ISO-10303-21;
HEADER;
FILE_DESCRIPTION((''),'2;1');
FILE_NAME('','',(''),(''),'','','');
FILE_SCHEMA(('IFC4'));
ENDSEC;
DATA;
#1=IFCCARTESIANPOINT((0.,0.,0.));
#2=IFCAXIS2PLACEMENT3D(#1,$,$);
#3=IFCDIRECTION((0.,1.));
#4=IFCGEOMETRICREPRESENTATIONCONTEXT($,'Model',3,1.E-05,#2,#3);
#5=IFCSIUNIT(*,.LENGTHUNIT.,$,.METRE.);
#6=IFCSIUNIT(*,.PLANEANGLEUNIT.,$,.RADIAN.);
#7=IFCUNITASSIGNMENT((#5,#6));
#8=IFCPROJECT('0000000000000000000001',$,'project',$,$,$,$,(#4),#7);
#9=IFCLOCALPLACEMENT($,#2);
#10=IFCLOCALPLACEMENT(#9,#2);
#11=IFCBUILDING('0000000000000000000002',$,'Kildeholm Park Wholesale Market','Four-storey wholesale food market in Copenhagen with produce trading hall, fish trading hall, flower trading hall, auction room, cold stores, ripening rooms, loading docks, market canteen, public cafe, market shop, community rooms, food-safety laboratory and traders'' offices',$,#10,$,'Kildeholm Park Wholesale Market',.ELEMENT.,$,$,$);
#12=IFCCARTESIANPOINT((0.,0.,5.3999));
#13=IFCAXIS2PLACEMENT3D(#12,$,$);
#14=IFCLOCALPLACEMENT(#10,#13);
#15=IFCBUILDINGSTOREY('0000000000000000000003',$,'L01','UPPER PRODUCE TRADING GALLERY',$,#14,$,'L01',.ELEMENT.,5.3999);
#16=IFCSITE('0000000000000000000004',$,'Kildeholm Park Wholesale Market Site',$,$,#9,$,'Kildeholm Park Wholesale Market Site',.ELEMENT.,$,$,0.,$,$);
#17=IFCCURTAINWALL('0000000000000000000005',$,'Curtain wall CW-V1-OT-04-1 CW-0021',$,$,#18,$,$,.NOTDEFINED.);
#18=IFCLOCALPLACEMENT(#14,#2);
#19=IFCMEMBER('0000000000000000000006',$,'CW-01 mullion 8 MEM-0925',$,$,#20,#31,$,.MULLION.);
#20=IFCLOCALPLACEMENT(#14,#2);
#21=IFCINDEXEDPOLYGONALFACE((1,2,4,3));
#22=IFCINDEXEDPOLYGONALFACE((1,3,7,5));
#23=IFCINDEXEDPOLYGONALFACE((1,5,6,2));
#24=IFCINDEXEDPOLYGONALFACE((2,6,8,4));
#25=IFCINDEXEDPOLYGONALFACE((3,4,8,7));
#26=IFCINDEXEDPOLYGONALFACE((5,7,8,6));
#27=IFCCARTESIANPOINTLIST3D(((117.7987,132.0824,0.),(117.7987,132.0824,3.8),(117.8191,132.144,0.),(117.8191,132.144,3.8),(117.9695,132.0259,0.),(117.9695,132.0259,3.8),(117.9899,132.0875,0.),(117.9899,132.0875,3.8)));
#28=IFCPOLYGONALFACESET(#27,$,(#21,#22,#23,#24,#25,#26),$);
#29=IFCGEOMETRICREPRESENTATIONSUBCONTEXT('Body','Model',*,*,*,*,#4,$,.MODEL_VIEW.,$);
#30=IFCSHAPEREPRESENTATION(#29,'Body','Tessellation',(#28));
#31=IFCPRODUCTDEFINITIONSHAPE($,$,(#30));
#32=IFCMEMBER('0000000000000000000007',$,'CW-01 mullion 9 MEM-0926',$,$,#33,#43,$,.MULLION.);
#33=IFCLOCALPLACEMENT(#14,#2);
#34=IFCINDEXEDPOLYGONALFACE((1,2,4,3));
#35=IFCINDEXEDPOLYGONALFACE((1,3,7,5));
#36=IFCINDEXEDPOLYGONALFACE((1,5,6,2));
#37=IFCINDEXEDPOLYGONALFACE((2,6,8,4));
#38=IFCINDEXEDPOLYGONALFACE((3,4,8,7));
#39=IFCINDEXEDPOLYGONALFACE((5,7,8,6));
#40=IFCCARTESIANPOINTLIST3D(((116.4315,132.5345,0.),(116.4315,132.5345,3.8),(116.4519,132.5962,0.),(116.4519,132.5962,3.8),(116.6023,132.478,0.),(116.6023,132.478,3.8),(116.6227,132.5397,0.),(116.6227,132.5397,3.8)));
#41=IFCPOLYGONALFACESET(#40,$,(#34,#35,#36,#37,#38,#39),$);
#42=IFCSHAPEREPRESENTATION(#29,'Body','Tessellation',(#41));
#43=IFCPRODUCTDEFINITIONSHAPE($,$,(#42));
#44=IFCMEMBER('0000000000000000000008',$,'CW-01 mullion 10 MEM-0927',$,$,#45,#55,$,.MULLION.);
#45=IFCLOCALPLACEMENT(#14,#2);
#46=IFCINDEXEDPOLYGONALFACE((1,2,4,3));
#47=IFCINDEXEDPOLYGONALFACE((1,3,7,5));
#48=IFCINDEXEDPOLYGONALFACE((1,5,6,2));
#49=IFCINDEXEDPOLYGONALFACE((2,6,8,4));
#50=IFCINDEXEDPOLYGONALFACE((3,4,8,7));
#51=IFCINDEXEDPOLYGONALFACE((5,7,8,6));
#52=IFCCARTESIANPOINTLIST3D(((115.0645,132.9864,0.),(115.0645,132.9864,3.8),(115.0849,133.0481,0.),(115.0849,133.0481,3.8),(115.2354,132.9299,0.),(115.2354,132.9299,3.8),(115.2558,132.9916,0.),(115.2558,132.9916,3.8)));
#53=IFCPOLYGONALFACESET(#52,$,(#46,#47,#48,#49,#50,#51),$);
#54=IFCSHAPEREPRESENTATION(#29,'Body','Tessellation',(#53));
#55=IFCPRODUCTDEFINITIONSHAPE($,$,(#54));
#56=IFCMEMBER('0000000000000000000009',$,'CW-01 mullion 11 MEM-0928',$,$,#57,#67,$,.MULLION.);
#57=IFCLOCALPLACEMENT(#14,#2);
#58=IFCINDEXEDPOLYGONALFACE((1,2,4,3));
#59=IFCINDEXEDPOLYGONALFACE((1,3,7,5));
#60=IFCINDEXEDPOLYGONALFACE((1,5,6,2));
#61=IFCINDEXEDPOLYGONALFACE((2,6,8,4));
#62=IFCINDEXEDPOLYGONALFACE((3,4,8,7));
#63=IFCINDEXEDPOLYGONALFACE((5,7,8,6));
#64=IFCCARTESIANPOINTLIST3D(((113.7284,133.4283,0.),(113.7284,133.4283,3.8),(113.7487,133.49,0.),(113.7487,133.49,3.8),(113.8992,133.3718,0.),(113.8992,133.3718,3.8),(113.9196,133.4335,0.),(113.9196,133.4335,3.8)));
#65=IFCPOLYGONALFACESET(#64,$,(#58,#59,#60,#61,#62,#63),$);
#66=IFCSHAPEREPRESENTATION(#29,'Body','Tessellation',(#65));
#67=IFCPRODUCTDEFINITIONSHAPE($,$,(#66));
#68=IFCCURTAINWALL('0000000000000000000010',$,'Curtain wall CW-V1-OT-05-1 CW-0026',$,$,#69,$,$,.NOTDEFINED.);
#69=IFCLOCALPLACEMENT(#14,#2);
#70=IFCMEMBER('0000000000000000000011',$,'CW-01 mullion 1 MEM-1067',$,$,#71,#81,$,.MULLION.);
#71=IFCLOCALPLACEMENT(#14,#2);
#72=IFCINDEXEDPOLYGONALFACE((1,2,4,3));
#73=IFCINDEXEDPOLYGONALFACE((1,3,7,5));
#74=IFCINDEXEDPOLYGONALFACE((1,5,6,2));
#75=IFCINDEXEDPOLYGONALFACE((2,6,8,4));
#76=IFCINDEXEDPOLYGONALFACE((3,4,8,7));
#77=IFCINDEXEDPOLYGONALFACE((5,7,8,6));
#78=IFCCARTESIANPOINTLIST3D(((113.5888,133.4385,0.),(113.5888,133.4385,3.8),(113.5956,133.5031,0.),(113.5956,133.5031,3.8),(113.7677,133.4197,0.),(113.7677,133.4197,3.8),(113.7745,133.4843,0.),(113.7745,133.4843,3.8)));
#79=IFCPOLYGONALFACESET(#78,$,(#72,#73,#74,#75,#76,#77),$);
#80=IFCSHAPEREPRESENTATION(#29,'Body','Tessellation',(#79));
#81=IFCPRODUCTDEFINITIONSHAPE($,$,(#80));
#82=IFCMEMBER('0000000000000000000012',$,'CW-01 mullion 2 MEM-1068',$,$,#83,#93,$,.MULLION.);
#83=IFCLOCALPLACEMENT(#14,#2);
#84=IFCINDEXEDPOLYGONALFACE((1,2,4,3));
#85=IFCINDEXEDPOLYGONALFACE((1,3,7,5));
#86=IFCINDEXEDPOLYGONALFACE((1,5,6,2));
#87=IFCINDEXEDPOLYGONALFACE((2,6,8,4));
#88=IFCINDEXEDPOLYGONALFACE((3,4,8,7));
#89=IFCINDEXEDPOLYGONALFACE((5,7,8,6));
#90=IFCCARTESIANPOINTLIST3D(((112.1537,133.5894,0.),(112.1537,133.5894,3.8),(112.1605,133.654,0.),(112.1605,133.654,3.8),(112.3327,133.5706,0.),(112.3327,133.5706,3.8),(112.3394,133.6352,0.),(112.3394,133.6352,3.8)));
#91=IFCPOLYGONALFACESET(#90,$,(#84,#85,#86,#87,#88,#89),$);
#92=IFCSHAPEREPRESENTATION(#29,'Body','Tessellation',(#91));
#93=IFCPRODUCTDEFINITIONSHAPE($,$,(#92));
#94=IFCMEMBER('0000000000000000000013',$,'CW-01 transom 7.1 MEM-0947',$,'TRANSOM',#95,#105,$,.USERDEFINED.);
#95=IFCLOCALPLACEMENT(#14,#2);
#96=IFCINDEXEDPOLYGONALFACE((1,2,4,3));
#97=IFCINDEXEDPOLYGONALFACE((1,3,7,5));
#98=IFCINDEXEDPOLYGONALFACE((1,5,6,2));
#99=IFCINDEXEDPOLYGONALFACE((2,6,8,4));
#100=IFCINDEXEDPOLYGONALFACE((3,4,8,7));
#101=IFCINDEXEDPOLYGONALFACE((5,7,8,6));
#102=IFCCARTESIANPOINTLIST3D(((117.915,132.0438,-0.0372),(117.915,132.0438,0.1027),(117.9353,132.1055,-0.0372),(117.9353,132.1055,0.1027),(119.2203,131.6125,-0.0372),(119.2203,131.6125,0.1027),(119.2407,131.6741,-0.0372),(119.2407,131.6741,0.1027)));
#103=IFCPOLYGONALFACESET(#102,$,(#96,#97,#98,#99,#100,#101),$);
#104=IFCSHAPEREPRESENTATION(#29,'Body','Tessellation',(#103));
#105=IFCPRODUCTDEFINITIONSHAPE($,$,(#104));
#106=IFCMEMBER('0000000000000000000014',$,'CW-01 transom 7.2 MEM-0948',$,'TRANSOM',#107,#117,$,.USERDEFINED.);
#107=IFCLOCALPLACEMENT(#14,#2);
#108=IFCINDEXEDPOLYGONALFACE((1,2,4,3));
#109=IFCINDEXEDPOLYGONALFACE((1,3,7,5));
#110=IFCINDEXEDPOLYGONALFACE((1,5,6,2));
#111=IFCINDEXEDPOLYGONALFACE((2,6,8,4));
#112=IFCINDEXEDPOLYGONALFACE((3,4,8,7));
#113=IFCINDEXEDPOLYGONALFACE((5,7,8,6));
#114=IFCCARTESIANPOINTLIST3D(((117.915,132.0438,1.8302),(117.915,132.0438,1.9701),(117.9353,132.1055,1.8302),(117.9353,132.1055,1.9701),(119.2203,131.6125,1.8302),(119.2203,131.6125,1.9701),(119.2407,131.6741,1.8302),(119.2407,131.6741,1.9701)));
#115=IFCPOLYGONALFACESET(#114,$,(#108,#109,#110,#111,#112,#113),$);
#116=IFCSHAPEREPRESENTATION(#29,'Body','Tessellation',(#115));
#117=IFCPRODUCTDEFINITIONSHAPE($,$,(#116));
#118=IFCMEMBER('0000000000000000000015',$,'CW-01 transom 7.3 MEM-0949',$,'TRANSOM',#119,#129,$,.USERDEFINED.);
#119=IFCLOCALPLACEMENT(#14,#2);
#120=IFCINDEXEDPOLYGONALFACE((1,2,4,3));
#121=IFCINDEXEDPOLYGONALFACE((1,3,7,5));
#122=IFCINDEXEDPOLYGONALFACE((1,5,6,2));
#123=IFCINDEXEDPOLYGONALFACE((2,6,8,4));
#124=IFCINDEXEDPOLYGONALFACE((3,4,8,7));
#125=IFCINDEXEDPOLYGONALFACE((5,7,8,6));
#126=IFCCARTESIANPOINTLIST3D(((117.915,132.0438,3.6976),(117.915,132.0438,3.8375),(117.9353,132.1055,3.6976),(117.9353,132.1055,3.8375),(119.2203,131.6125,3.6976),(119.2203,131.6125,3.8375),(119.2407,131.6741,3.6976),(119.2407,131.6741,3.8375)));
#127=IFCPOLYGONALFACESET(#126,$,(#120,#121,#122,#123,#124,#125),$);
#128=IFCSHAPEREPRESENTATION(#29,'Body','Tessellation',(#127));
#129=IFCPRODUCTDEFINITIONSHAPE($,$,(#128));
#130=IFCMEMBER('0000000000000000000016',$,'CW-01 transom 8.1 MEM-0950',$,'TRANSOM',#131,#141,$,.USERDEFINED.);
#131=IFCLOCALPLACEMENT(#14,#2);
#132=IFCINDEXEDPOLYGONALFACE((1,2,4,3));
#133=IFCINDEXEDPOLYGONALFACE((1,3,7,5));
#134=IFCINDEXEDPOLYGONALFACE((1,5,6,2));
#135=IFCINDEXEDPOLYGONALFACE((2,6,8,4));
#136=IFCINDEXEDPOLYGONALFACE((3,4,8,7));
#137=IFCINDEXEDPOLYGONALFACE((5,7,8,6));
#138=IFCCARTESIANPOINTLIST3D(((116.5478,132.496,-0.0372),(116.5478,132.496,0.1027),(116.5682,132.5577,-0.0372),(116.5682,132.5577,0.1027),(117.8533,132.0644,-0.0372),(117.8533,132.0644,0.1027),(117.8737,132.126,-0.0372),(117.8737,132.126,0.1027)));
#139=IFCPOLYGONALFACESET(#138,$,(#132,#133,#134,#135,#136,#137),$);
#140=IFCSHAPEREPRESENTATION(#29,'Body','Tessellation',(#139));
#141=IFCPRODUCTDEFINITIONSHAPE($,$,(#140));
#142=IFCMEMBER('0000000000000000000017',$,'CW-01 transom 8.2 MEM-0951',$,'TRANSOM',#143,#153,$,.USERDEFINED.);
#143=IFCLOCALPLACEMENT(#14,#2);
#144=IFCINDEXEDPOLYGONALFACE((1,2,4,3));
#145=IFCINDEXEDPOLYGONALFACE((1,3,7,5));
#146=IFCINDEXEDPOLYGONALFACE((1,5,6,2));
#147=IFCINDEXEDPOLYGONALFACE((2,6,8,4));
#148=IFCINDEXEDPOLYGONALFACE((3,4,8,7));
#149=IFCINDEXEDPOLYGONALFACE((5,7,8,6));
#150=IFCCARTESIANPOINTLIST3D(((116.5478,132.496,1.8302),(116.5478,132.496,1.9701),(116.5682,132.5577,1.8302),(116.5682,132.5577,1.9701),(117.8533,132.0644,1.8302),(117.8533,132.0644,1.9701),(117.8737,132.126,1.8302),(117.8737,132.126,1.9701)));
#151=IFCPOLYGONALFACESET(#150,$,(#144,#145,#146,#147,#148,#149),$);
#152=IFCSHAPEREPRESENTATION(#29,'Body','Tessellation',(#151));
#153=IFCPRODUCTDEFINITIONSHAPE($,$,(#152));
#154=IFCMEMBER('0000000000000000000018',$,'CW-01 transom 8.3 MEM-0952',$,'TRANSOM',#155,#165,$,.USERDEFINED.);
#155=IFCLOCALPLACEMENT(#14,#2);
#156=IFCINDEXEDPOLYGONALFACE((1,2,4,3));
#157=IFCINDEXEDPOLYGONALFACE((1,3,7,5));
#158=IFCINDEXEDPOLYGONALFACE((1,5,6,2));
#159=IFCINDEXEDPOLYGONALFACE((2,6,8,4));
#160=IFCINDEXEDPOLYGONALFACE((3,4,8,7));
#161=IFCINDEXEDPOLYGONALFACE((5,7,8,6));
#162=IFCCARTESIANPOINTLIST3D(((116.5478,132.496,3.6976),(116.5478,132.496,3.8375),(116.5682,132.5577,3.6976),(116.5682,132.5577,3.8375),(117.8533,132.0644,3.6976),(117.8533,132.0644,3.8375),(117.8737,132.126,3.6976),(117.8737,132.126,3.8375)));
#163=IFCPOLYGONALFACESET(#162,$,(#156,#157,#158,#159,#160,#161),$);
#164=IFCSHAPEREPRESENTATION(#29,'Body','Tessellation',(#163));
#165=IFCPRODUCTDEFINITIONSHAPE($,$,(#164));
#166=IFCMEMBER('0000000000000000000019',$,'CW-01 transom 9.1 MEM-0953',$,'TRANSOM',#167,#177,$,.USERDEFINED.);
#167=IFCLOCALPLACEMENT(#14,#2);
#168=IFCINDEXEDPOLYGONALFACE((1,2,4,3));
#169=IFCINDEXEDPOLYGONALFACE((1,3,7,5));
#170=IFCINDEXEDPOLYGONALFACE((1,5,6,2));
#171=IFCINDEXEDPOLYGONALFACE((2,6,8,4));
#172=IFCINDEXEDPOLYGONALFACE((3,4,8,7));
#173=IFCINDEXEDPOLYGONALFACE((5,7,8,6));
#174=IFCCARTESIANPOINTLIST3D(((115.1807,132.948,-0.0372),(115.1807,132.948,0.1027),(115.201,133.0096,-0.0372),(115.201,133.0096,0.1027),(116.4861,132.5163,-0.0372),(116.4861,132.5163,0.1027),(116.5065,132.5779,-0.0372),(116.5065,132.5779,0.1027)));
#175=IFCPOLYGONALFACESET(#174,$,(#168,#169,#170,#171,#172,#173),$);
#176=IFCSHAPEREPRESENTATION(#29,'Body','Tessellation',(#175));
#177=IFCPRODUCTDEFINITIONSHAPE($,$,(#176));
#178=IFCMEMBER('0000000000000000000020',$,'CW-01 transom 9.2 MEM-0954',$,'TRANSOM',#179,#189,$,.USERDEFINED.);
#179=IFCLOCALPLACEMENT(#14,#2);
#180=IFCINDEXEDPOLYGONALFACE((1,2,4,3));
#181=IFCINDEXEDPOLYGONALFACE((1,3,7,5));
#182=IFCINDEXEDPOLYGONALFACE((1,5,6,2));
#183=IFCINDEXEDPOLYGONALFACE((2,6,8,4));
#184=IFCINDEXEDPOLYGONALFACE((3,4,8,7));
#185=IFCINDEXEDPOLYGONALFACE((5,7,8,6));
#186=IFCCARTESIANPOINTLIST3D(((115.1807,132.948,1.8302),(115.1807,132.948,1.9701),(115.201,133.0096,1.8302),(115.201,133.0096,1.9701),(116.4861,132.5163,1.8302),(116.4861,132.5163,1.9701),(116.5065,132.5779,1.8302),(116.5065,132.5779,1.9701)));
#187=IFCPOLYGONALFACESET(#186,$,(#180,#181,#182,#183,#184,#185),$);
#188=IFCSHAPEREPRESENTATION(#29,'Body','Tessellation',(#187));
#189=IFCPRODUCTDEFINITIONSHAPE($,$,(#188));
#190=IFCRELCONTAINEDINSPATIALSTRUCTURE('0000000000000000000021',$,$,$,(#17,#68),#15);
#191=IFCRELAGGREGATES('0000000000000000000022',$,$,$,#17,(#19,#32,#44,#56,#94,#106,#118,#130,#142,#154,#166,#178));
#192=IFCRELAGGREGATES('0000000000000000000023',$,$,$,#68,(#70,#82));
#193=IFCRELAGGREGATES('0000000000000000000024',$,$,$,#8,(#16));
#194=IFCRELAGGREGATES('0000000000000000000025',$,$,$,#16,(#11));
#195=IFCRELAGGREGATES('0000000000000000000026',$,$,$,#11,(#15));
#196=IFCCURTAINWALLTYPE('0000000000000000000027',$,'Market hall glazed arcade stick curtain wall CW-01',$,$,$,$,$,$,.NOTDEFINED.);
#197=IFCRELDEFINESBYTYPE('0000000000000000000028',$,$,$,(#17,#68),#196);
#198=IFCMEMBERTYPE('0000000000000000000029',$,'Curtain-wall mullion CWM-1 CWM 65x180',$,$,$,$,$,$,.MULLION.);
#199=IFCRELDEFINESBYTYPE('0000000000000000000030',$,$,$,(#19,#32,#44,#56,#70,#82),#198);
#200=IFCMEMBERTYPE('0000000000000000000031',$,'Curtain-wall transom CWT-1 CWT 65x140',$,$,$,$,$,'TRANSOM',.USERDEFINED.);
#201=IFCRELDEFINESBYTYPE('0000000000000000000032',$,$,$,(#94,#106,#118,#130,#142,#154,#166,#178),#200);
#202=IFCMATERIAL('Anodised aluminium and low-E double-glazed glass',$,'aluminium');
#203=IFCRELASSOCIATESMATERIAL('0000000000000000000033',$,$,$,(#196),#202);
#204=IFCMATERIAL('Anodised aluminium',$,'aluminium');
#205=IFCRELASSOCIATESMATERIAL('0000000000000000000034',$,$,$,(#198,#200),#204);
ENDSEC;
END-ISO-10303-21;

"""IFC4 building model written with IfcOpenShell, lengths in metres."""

from ifc_helpers import new_model, si_unit, direction, frame, origin, origin_2d, place, context, subcontext, project, spatial, rectangle, extrude, material, material_profile, profile_set, type_object, element, aggregate, save


model = new_model("IFC4")

# Units and contexts
model_context = context("Model", 3, precision=1e-05, world=origin(), true_north=direction((0.0, 1.0)))
body_context = subcontext(model_context, "Body", "Model", "MODEL_VIEW")
ifc_project = project(units=[si_unit("LENGTHUNIT", "METRE"), si_unit("PLANEANGLEUNIT", "RADIAN")], contexts=[model_context])

# Site, building, storey
site_placement = place(None, origin())
site = spatial("IfcSite", under=ifc_project, at=site_placement, Name="Kildeholm Park Wholesale Market Site", LongName="Kildeholm Park Wholesale Market Site", CompositionType="ELEMENT", RefElevation=0.0)
building_placement = place(site_placement, origin())
building = spatial("IfcBuilding", under=site, at=building_placement, Name="Kildeholm Park Wholesale Market", Description="Four-storey wholesale food market in Copenhagen with produce trading hall, fish trading hall, flower trading hall, auction room, cold stores, ripening rooms, loading docks, market canteen, public cafe, market shop, community rooms, food-safety laboratory and traders' offices", LongName="Kildeholm Park Wholesale Market", CompositionType="ELEMENT")
storey_placement = place(building_placement, frame((0.0, 0.0, 5.3999)))
storey = spatial("IfcBuildingStorey", under=building, at=storey_placement, Name="L01", Description="UPPER PRODUCE TRADING GALLERY", LongName="L01", CompositionType="ELEMENT", Elevation=5.3999)

# Curtain walls, members
ifc_material_1 = material(Name="Anodised aluminium and low-E double-glazed glass", Category="aluminium")
curtain_wall_type = type_object("IfcCurtainWallType", Name="Market hall glazed arcade stick curtain wall CW-01", PredefinedType="NOTDEFINED", material=ifc_material_1)
curtain_wall_1_placement = place(storey_placement, origin())
curtain_wall_1 = element("IfcCurtainWall", 1, at=curtain_wall_1_placement, inside=storey, type_object=curtain_wall_type, Name="Curtain wall CW-V1-OT-04-1 CW-0021", PredefinedType="NOTDEFINED")
ifc_material_2 = material(Name="Anodised aluminium", Category="aluminium")
ifc_material_profile_1 = material_profile(ifc_material_2, rectangle(XDim=0.0649, YDim=0.1799, at=origin_2d()), Name="CWM 65x180")
ifc_profile_set_1 = profile_set([ifc_material_profile_1], Name="Anodised aluminium")
member_type_1 = type_object("IfcMemberType", Name="Curtain-wall mullion CWM-1 CWM 65x180", PredefinedType="MULLION", material=ifc_profile_set_1)
member_1_placement = place(storey_placement, frame((117.8943, 132.085, 0.0), z_axis=(0.0, 0.0, 1.0), x_axis=(-0.313914, -0.949451, 0.0)))
member_1 = element("IfcMember", 2, at=member_1_placement, type_object=member_type_1, Name="CW-01 mullion 8 MEM-0925", PredefinedType="MULLION", context=body_context, shape_type="SweptSolid", body=[
    extrude(rectangle(XDim=0.0649, YDim=0.1799, at=origin_2d()), origin(), (0.0, 0.0, 1.0), 3.8),
])
member_2_placement = place(storey_placement, frame((116.5271, 132.5371, 0.0), z_axis=(0.0, 0.0, 1.0), x_axis=(-0.313914, -0.949451, 0.0)))
member_2 = element("IfcMember", 3, at=member_2_placement, type_object=member_type_1, Name="CW-01 mullion 9 MEM-0926", PredefinedType="MULLION", context=body_context, shape_type="SweptSolid", body=[
    extrude(rectangle(XDim=0.0649, YDim=0.1799, at=origin_2d()), origin(), (0.0, 0.0, 1.0), 3.8),
])
member_3_placement = place(storey_placement, frame((115.1602, 132.989, 0.0), z_axis=(0.0, 0.0, 1.0), x_axis=(-0.313914, -0.949451, 0.0)))
member_3 = element("IfcMember", 4, at=member_3_placement, type_object=member_type_1, Name="CW-01 mullion 10 MEM-0927", PredefinedType="MULLION", context=body_context, shape_type="SweptSolid", body=[
    extrude(rectangle(XDim=0.0649, YDim=0.1799, at=origin_2d()), origin(), (0.0, 0.0, 1.0), 3.8),
])
member_4_placement = place(storey_placement, frame((113.824, 133.4309, 0.0), z_axis=(0.0, 0.0, 1.0), x_axis=(-0.313914, -0.949451, 0.0)))
member_4 = element("IfcMember", 5, at=member_4_placement, type_object=member_type_1, Name="CW-01 mullion 11 MEM-0928", PredefinedType="MULLION", context=body_context, shape_type="SweptSolid", body=[
    extrude(rectangle(XDim=0.0649, YDim=0.1799, at=origin_2d()), origin(), (0.0, 0.0, 1.0), 3.8),
])
curtain_wall_2_placement = place(storey_placement, origin())
curtain_wall_2 = element("IfcCurtainWall", 6, at=curtain_wall_2_placement, inside=storey, type_object=curtain_wall_type, Name="Curtain wall CW-V1-OT-05-1 CW-0026", PredefinedType="NOTDEFINED")
member_5_placement = place(storey_placement, frame((113.6816, 133.4614, 0.0), z_axis=(0.0, 0.0, 1.0), x_axis=(-0.104508, -0.994524, 0.0)))
member_5 = element("IfcMember", 7, at=member_5_placement, type_object=member_type_1, Name="CW-01 mullion 1 MEM-1067", PredefinedType="MULLION", context=body_context, shape_type="SweptSolid", body=[
    extrude(rectangle(XDim=0.0649, YDim=0.1799, at=origin_2d()), origin(), (0.0, 0.0, 1.0), 3.8),
])
member_6_placement = place(storey_placement, frame((112.2466, 133.6123, 0.0), z_axis=(0.0, 0.0, 1.0), x_axis=(-0.104508, -0.994524, 0.0)))
member_6 = element("IfcMember", 8, at=member_6_placement, type_object=member_type_1, Name="CW-01 mullion 2 MEM-1068", PredefinedType="MULLION", context=body_context, shape_type="SweptSolid", body=[
    extrude(rectangle(XDim=0.0649, YDim=0.1799, at=origin_2d()), origin(), (0.0, 0.0, 1.0), 3.8),
])

# Members
ifc_material_profile_2 = material_profile(ifc_material_2, rectangle(XDim=0.0649, YDim=0.1399, at=origin_2d()), Name="CWT 65x140")
ifc_profile_set_2 = profile_set([ifc_material_profile_2], Name="Anodised aluminium")
member_type_2 = type_object("IfcMemberType", Name="Curtain-wall transom CWT-1 CWT 65x140", ElementType="TRANSOM", PredefinedType="USERDEFINED", material=ifc_profile_set_2)
member_7_placement = place(storey_placement, frame((119.2305, 131.6433, 0.0327), z_axis=(-0.949497, 0.313776, 0.0), x_axis=(-0.313776, -0.949497, 0.0)))
member_7 = element("IfcMember", 9, at=member_7_placement, type_object=member_type_2, Name="CW-01 transom 7.1 MEM-0947", ObjectType="TRANSOM", PredefinedType="USERDEFINED", context=body_context, shape_type="SweptSolid", body=[
    extrude(rectangle(XDim=0.0649, YDim=0.1399, at=origin_2d()), origin(), (0.0, 0.0, 1.0), 1.3748),
])
member_8_placement = place(storey_placement, frame((119.2305, 131.6433, 1.9001), z_axis=(-0.949497, 0.313776, 0.0), x_axis=(-0.313776, -0.949497, 0.0)))
member_8 = element("IfcMember", 10, at=member_8_placement, type_object=member_type_2, Name="CW-01 transom 7.2 MEM-0948", ObjectType="TRANSOM", PredefinedType="USERDEFINED", context=body_context, shape_type="SweptSolid", body=[
    extrude(rectangle(XDim=0.0649, YDim=0.1399, at=origin_2d()), origin(), (0.0, 0.0, 1.0), 1.3748),
])
member_9_placement = place(storey_placement, frame((119.2305, 131.6433, 3.7676), z_axis=(-0.949497, 0.313776, 0.0), x_axis=(-0.313776, -0.949497, 0.0)))
member_9 = element("IfcMember", 11, at=member_9_placement, type_object=member_type_2, Name="CW-01 transom 7.3 MEM-0949", ObjectType="TRANSOM", PredefinedType="USERDEFINED", context=body_context, shape_type="SweptSolid", body=[
    extrude(rectangle(XDim=0.0649, YDim=0.1399, at=origin_2d()), origin(), (0.0, 0.0, 1.0), 1.3748),
])
member_10_placement = place(storey_placement, frame((117.8635, 132.0952, 0.0327), z_axis=(-0.949444, 0.313936, 0.0), x_axis=(-0.313936, -0.949444, 0.0)))
member_10 = element("IfcMember", 12, at=member_10_placement, type_object=member_type_2, Name="CW-01 transom 8.1 MEM-0950", ObjectType="TRANSOM", PredefinedType="USERDEFINED", context=body_context, shape_type="SweptSolid", body=[
    extrude(rectangle(XDim=0.0649, YDim=0.1399, at=origin_2d()), origin(), (0.0, 0.0, 1.0), 1.375),
])
member_11_placement = place(storey_placement, frame((117.8635, 132.0952, 1.9001), z_axis=(-0.949444, 0.313936, 0.0), x_axis=(-0.313936, -0.949444, 0.0)))
member_11 = element("IfcMember", 13, at=member_11_placement, type_object=member_type_2, Name="CW-01 transom 8.2 MEM-0951", ObjectType="TRANSOM", PredefinedType="USERDEFINED", context=body_context, shape_type="SweptSolid", body=[
    extrude(rectangle(XDim=0.0649, YDim=0.1399, at=origin_2d()), origin(), (0.0, 0.0, 1.0), 1.375),
])
member_12_placement = place(storey_placement, frame((117.8635, 132.0952, 3.7676), z_axis=(-0.949444, 0.313936, 0.0), x_axis=(-0.313936, -0.949444, 0.0)))
member_12 = element("IfcMember", 14, at=member_12_placement, type_object=member_type_2, Name="CW-01 transom 8.3 MEM-0952", ObjectType="TRANSOM", PredefinedType="USERDEFINED", context=body_context, shape_type="SweptSolid", body=[
    extrude(rectangle(XDim=0.0649, YDim=0.1399, at=origin_2d()), origin(), (0.0, 0.0, 1.0), 1.375),
])
member_13_placement = place(storey_placement, frame((116.4963, 132.5471, 0.0327), z_axis=(-0.949444, 0.313936, 0.0), x_axis=(-0.313936, -0.949444, 0.0)))
member_13 = element("IfcMember", 15, at=member_13_placement, type_object=member_type_2, Name="CW-01 transom 9.1 MEM-0953", ObjectType="TRANSOM", PredefinedType="USERDEFINED", context=body_context, shape_type="SweptSolid", body=[
    extrude(rectangle(XDim=0.0649, YDim=0.1399, at=origin_2d()), origin(), (0.0, 0.0, 1.0), 1.375),
])
member_14_placement = place(storey_placement, frame((116.4963, 132.5471, 1.9001), z_axis=(-0.949444, 0.313936, 0.0), x_axis=(-0.313936, -0.949444, 0.0)))
member_14 = element("IfcMember", 16, at=member_14_placement, type_object=member_type_2, Name="CW-01 transom 9.2 MEM-0954", ObjectType="TRANSOM", PredefinedType="USERDEFINED", context=body_context, shape_type="SweptSolid", body=[
    extrude(rectangle(XDim=0.0649, YDim=0.1399, at=origin_2d()), origin(), (0.0, 0.0, 1.0), 1.375),
])

aggregate(curtain_wall_1, [member_1, member_2, member_3, member_4, member_7, member_8, member_9, member_10, member_11, member_12, member_13, member_14])
aggregate(curtain_wall_2, [member_5, member_6])

save(model, "model.ifc")
